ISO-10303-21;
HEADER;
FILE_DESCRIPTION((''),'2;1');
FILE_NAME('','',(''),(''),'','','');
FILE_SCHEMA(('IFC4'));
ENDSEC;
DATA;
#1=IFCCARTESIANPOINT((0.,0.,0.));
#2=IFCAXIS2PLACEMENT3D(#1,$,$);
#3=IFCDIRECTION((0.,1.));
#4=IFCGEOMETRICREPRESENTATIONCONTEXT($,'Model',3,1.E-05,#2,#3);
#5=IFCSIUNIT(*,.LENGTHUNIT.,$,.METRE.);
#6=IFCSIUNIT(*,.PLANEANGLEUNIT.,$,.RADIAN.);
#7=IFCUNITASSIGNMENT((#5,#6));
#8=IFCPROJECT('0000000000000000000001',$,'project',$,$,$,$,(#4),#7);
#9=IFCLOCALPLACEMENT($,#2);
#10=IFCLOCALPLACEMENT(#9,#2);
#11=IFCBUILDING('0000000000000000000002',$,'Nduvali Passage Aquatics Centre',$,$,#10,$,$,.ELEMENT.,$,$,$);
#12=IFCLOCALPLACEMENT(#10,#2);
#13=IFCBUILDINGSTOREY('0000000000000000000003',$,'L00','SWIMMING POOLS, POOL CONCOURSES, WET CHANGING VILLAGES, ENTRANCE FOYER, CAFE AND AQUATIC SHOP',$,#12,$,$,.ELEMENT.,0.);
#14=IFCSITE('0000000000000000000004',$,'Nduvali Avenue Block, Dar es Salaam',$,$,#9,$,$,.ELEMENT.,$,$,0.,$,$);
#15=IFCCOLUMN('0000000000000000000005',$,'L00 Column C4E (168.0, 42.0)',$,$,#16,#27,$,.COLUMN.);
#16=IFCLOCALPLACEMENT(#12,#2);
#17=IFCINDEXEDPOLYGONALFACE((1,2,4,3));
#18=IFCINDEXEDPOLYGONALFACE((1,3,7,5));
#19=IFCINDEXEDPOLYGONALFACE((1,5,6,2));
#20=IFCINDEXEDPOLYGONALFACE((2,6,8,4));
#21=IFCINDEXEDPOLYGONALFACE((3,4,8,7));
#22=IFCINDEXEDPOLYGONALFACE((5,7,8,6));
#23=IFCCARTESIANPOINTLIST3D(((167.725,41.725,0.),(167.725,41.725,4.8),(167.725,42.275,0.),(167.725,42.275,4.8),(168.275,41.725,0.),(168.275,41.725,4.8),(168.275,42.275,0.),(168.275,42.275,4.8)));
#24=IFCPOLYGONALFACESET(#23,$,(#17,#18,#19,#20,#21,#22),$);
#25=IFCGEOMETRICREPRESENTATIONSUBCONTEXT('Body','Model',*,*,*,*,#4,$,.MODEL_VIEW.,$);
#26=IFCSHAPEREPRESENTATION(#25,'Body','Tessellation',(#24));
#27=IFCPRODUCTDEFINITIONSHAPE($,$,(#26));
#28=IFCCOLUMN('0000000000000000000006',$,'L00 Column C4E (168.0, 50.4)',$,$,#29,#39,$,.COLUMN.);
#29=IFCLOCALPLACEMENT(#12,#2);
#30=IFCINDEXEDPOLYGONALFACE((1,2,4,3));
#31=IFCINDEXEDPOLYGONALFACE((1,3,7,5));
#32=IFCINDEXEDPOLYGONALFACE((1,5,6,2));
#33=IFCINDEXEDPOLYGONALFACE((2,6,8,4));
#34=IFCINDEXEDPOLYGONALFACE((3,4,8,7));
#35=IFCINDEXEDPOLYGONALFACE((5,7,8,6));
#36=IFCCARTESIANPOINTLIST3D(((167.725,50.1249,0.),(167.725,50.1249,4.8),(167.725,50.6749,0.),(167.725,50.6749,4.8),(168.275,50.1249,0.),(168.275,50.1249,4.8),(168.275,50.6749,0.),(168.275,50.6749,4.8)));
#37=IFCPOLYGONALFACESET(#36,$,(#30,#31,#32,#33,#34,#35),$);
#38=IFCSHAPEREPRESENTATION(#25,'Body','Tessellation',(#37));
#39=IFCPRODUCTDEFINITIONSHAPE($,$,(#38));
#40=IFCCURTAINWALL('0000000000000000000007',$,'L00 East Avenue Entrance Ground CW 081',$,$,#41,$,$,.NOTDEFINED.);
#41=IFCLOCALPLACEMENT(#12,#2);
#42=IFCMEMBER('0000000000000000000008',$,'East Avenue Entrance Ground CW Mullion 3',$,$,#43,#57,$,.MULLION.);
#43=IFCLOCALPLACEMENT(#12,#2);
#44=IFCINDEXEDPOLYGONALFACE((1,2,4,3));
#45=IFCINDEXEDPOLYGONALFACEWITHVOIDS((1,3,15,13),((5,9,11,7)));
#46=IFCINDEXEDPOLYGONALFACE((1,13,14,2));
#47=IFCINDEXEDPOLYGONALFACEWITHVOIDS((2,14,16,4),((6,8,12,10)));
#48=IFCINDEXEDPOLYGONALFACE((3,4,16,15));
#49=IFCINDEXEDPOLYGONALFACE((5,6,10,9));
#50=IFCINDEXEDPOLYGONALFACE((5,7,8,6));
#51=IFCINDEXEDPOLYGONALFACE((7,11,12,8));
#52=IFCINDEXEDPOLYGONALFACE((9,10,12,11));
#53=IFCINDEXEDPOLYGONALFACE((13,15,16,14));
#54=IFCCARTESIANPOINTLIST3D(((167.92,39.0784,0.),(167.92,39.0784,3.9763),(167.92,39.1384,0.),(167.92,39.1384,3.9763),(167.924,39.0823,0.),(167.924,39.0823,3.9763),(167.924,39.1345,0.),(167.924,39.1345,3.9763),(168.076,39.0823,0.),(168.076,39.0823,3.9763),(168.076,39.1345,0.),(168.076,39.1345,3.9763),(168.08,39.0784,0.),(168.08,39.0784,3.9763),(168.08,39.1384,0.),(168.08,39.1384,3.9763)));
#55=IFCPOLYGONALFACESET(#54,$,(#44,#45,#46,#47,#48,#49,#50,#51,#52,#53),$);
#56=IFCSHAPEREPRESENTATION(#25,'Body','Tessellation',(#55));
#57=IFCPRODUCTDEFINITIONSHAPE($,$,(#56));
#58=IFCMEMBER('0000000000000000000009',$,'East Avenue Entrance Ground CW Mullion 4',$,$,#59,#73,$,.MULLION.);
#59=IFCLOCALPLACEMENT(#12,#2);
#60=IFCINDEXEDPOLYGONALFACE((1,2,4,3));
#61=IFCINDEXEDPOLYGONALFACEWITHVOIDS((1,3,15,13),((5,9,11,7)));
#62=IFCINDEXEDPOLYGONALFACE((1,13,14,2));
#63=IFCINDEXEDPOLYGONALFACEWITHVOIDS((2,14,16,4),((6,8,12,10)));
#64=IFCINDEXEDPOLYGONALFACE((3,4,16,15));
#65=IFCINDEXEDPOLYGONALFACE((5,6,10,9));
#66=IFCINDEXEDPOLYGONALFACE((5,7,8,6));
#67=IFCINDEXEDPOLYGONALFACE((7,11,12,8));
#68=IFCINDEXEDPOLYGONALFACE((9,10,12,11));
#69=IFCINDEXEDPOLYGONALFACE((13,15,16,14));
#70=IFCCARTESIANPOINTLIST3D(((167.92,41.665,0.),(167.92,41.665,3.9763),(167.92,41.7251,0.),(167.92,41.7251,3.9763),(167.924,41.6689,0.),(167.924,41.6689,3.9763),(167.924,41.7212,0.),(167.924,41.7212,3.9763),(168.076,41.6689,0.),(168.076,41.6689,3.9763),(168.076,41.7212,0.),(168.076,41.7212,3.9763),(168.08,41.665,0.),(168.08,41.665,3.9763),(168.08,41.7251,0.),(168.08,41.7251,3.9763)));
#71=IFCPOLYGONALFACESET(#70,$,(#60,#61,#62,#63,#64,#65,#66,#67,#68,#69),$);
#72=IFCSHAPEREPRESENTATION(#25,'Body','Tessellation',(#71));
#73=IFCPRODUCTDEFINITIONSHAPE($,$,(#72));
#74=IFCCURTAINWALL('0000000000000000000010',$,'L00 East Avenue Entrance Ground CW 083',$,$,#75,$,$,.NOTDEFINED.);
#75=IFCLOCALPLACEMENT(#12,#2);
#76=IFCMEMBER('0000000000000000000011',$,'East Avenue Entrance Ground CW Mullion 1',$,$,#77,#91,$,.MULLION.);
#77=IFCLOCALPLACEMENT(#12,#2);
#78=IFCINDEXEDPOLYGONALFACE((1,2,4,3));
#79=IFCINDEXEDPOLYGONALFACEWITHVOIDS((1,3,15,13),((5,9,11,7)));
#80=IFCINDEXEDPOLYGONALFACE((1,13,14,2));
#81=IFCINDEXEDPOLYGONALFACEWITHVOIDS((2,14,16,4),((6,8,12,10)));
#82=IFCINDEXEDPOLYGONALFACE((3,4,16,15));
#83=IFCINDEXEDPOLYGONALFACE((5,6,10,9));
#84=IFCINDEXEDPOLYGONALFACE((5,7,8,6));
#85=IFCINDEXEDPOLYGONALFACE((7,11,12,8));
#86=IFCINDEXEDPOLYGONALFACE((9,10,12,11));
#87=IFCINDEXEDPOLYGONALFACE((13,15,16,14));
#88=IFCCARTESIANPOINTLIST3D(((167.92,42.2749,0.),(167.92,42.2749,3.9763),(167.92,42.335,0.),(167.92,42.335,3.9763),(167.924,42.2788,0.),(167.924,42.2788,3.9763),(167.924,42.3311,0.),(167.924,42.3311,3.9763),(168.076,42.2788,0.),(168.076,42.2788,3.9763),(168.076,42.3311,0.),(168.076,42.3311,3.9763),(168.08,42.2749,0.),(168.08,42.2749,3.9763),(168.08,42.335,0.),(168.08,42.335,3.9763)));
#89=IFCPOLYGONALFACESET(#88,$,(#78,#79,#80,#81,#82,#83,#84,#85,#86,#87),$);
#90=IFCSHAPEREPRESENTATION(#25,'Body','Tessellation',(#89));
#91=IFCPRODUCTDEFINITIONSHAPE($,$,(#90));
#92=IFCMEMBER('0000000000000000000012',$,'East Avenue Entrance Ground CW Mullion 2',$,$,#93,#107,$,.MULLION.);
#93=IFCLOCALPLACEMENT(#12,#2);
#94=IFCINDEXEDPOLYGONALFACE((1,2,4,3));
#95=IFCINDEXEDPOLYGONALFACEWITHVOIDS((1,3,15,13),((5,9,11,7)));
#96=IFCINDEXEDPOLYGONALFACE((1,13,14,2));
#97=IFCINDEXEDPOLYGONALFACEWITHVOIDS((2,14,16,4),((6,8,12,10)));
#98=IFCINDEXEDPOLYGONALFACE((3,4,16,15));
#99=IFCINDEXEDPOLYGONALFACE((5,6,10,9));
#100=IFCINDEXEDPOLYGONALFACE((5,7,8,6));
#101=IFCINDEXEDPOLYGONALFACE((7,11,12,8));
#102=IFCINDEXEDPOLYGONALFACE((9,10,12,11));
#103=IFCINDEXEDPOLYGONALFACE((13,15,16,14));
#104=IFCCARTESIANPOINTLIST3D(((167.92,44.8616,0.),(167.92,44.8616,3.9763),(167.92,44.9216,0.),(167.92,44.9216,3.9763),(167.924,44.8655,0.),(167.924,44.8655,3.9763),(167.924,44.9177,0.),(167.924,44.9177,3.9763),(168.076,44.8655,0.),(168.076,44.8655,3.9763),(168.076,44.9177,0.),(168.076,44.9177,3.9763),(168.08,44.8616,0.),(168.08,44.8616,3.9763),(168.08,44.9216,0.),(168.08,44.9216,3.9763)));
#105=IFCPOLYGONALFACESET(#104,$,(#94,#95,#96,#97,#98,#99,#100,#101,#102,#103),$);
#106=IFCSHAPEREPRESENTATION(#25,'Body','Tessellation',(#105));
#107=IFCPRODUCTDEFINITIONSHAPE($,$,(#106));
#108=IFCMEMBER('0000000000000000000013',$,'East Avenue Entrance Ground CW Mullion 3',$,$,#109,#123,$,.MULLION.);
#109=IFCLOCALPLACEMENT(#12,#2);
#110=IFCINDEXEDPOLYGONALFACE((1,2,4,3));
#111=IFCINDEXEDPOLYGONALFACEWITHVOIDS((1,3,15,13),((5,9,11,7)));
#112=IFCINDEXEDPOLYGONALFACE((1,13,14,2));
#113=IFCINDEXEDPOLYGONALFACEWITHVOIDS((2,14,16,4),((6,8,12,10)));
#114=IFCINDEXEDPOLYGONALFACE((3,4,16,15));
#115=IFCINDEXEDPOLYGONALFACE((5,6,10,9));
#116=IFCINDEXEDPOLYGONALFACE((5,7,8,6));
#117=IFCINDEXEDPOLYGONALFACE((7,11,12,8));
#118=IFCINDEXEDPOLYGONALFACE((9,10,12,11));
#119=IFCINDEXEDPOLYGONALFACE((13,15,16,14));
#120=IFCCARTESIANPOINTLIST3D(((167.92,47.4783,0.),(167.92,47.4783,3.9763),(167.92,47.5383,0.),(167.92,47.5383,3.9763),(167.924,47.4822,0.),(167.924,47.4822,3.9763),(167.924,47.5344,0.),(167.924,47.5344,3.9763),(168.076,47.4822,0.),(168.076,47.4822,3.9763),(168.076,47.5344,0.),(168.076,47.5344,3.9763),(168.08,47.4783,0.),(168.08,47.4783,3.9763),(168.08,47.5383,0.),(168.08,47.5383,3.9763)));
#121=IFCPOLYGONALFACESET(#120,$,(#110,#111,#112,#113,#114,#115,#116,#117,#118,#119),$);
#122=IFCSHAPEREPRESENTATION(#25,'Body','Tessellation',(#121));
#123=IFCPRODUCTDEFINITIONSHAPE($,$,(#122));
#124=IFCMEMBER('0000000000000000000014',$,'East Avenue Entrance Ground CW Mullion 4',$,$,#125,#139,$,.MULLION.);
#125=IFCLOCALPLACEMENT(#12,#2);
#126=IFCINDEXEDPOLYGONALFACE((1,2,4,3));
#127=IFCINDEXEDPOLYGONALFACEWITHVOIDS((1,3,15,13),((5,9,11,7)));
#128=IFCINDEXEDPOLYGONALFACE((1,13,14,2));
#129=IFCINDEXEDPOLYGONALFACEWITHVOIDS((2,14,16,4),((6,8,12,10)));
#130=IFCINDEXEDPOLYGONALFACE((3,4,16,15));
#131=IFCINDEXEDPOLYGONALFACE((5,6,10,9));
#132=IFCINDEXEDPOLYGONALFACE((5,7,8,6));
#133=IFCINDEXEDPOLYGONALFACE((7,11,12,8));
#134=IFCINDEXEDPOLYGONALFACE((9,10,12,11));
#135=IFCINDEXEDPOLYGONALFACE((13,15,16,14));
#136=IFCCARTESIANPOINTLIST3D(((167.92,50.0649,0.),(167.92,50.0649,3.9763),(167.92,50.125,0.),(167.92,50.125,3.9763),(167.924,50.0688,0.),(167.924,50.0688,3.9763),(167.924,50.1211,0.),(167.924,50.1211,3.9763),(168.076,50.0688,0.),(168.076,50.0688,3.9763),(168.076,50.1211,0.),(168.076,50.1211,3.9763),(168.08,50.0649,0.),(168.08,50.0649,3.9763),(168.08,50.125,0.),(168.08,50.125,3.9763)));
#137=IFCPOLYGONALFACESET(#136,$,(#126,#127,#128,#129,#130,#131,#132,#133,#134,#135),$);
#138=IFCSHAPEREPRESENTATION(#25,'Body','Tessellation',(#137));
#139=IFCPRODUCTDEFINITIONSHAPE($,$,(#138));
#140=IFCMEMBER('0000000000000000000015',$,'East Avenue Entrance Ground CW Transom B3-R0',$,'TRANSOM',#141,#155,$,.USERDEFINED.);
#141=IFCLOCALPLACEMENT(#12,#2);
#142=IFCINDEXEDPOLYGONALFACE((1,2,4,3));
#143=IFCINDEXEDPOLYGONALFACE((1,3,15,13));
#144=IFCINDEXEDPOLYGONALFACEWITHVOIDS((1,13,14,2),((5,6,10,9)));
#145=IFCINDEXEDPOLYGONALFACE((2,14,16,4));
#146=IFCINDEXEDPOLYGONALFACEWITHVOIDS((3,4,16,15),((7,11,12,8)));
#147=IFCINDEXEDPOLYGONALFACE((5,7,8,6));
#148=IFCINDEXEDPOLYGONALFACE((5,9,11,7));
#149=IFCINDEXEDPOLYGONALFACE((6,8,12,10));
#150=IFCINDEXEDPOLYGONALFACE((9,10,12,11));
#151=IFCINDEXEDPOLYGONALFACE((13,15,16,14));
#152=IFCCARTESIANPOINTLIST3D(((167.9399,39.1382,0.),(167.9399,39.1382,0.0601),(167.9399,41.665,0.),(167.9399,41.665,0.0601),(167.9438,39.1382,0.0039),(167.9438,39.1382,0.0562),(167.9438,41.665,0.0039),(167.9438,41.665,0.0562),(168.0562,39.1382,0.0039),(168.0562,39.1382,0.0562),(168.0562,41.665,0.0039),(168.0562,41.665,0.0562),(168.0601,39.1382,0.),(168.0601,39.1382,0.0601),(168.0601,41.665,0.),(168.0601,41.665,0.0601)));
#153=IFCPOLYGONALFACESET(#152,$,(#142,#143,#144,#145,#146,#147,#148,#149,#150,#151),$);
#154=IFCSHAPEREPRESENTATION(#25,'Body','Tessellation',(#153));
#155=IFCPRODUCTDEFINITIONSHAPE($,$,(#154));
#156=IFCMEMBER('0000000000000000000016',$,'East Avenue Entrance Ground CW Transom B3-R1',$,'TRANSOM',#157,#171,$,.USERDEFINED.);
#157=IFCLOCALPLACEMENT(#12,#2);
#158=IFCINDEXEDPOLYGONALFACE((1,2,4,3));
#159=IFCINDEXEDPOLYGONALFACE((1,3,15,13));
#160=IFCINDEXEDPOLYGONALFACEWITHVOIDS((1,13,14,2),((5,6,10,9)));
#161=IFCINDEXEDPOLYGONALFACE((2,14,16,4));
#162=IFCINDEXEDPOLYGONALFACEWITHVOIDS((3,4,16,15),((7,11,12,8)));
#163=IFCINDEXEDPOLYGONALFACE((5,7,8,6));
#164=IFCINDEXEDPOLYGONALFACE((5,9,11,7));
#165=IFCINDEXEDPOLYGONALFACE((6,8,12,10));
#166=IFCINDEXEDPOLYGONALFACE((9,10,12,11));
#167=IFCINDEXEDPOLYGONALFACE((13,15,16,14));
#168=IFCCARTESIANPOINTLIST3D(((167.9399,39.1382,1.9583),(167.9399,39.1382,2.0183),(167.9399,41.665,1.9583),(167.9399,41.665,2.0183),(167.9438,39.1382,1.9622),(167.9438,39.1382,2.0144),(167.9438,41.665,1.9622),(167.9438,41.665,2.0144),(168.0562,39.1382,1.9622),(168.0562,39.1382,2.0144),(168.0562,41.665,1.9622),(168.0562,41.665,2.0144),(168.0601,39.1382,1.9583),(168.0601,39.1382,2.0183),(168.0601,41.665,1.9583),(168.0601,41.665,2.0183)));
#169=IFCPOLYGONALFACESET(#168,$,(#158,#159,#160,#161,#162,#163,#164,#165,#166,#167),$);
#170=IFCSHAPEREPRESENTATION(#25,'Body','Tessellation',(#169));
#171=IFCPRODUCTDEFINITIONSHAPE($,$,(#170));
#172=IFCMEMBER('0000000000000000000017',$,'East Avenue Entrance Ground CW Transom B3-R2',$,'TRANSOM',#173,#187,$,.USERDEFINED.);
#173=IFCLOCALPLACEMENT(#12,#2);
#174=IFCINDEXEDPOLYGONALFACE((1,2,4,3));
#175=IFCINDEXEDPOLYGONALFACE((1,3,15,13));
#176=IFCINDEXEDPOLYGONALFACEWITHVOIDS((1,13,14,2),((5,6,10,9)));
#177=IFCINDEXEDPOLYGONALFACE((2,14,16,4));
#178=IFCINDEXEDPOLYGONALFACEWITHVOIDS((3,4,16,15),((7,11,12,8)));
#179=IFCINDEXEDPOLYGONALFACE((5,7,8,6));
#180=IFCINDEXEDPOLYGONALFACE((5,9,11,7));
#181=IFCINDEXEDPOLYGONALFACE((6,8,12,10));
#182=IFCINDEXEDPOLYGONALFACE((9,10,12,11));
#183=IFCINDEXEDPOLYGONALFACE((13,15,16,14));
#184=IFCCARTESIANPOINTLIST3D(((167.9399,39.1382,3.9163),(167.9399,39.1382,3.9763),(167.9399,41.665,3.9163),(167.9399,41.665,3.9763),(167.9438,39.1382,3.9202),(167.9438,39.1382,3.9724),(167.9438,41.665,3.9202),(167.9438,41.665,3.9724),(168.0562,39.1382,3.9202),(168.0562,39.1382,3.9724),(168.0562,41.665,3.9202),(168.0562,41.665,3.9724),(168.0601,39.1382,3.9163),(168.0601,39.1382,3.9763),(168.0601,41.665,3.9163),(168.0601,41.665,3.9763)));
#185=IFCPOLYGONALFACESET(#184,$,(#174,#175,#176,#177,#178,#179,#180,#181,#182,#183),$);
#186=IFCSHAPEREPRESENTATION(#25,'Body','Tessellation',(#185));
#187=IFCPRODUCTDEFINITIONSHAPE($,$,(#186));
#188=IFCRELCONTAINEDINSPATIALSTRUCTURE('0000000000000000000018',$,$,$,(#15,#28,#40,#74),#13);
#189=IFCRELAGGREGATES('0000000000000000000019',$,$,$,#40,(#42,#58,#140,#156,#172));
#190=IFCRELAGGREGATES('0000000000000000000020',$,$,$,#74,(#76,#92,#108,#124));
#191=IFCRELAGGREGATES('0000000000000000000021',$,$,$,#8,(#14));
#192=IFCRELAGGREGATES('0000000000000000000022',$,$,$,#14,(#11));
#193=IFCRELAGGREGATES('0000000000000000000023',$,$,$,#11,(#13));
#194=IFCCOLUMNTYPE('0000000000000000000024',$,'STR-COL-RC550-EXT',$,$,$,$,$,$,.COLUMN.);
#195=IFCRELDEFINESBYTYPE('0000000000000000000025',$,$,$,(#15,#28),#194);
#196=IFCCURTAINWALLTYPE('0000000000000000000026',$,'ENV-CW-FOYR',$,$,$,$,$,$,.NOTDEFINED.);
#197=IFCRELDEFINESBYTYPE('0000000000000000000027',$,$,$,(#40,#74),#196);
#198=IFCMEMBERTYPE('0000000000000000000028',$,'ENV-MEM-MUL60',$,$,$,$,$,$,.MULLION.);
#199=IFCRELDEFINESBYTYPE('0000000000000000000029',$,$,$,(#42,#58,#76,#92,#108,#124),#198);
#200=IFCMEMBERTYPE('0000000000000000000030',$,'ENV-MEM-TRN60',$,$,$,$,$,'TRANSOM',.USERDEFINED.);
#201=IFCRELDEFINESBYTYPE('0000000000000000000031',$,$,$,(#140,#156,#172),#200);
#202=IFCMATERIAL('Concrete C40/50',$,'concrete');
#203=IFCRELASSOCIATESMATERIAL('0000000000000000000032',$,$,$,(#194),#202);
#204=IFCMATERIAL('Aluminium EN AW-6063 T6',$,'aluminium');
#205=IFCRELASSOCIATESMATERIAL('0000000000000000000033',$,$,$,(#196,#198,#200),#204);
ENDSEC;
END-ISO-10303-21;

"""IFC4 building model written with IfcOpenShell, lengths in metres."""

from ifc_helpers import new_model, si_unit, direction, frame, origin, origin_2d, place, context, subcontext, project, spatial, rectangle, hollow_rectangle, extrude, material, material_profile, profile_set, type_object, element, aggregate, save


model = new_model("IFC4")

# Units and contexts
model_context = context("Model", 3, precision=1e-05, world=origin(), true_north=direction((0.0, 1.0)))
body_context = subcontext(model_context, "Body", "Model", "MODEL_VIEW")
ifc_project = project(units=[si_unit("LENGTHUNIT", "METRE"), si_unit("PLANEANGLEUNIT", "RADIAN")], contexts=[model_context])

# Site, building, storey
site_placement = place(None, origin())
site = spatial("IfcSite", under=ifc_project, at=site_placement, Name="Nduvali Avenue Block, Dar es Salaam", CompositionType="ELEMENT", RefElevation=0.0)
building_placement = place(site_placement, origin())
building = spatial("IfcBuilding", under=site, at=building_placement, Name="Nduvali Passage Aquatics Centre", CompositionType="ELEMENT")
storey_placement = place(building_placement, origin())
storey = spatial("IfcBuildingStorey", under=building, at=storey_placement, Name="L00", Description="SWIMMING POOLS, POOL CONCOURSES, WET CHANGING VILLAGES, ENTRANCE FOYER, CAFE AND AQUATIC SHOP", CompositionType="ELEMENT", Elevation=0.0)

# Columns
ifc_material_1 = material(Name="Concrete C40/50", Category="concrete")
ifc_material_profile_1 = material_profile(ifc_material_1, rectangle(XDim=0.55, YDim=0.55, at=origin_2d()), Name="RC 550x550")
ifc_profile_set_1 = profile_set([ifc_material_profile_1], Name="Concrete C40/50")
column_type = type_object("IfcColumnType", Name="STR-COL-RC550-EXT", PredefinedType="COLUMN", material=ifc_profile_set_1)
for number, where, z_axis, x_axis, name in (
    (1, (168.0, 42.0, 0.0), (0.0, 0.0, 1.0), (1.0, 0.0, 0.0), "L00 Column C4E (168.0, 42.0)"),
    (2, (168.0, 50.3999, 0.0), (0.0, 0.0, 1.0), (1.0, 0.0, 0.0), "L00 Column C4E (168.0, 50.4)"),
):
    element("IfcColumn", number, at=place(storey_placement, frame(where, z_axis=z_axis, x_axis=x_axis)), inside=storey, type_object=column_type, Name=name, PredefinedType="COLUMN", context=body_context, shape_type="SweptSolid", body=[
        extrude(rectangle(XDim=0.55, YDim=0.55, at=origin_2d()), origin(), (0.0, 0.0, 1.0), 4.8),
    ])

# Curtain walls, members
ifc_material_2 = material(Name="Aluminium EN AW-6063 T6", Category="aluminium")
curtain_wall_type = type_object("IfcCurtainWallType", Name="ENV-CW-FOYR", PredefinedType="NOTDEFINED", material=ifc_material_2)
curtain_wall_1_placement = place(storey_placement, origin())
curtain_wall_1 = element("IfcCurtainWall", 3, at=curtain_wall_1_placement, inside=storey, type_object=curtain_wall_type, Name="L00 East Avenue Entrance Ground CW 081", PredefinedType="NOTDEFINED")
ifc_material_profile_2 = material_profile(ifc_material_2, hollow_rectangle(XDim=0.0601, YDim=0.1599, WallThickness=0.0039, at=origin_2d()), Name="ALU MULLION 60x160x4")
ifc_profile_set_2 = profile_set([ifc_material_profile_2], Name="Aluminium EN AW-6063 T6")
member_type_1 = type_object("IfcMemberType", Name="ENV-MEM-MUL60", PredefinedType="MULLION", material=ifc_profile_set_2)
member_1_placement = place(storey_placement, frame((168.0, 39.1084, 0.0), z_axis=(0.0, 0.0, 1.0), x_axis=(0.0, 1.0, 0.0)))
member_1 = element("IfcMember", 4, at=member_1_placement, type_object=member_type_1, Name="East Avenue Entrance Ground CW Mullion 3", PredefinedType="MULLION", context=body_context, shape_type="SweptSolid", body=[
    extrude(hollow_rectangle(XDim=0.0601, YDim=0.1599, WallThickness=0.0039, at=origin_2d()), origin(), (0.0, 0.0, 1.0), 3.9763),
])
member_2_placement = place(storey_placement, frame((168.0, 41.6951, 0.0), z_axis=(0.0, 0.0, 1.0), x_axis=(0.0, 1.0, 0.0)))
member_2 = element("IfcMember", 5, at=member_2_placement, type_object=member_type_1, Name="East Avenue Entrance Ground CW Mullion 4", PredefinedType="MULLION", context=body_context, shape_type="SweptSolid", body=[
    extrude(hollow_rectangle(XDim=0.0601, YDim=0.1599, WallThickness=0.0039, at=origin_2d()), origin(), (0.0, 0.0, 1.0), 3.9763),
])
curtain_wall_2_placement = place(storey_placement, origin())
curtain_wall_2 = element("IfcCurtainWall", 6, at=curtain_wall_2_placement, inside=storey, type_object=curtain_wall_type, Name="L00 East Avenue Entrance Ground CW 083", PredefinedType="NOTDEFINED")
member_3_placement = place(storey_placement, frame((168.0, 42.3049, 0.0), z_axis=(0.0, 0.0, 1.0), x_axis=(0.0, 1.0, 0.0)))
member_3 = element("IfcMember", 7, at=member_3_placement, type_object=member_type_1, Name="East Avenue Entrance Ground CW Mullion 1", PredefinedType="MULLION", context=body_context, shape_type="SweptSolid", body=[
    extrude(hollow_rectangle(XDim=0.0601, YDim=0.1599, WallThickness=0.0039, at=origin_2d()), origin(), (0.0, 0.0, 1.0), 3.9763),
])
member_4_placement = place(storey_placement, frame((168.0, 44.8916, 0.0), z_axis=(0.0, 0.0, 1.0), x_axis=(0.0, 1.0, 0.0)))
member_4 = element("IfcMember", 8, at=member_4_placement, type_object=member_type_1, Name="East Avenue Entrance Ground CW Mullion 2", PredefinedType="MULLION", context=body_context, shape_type="SweptSolid", body=[
    extrude(hollow_rectangle(XDim=0.0601, YDim=0.1599, WallThickness=0.0039, at=origin_2d()), origin(), (0.0, 0.0, 1.0), 3.9763),
])
member_5_placement = place(storey_placement, frame((168.0, 47.5083, 0.0), z_axis=(0.0, 0.0, 1.0), x_axis=(0.0, 1.0, 0.0)))
member_5 = element("IfcMember", 9, at=member_5_placement, type_object=member_type_1, Name="East Avenue Entrance Ground CW Mullion 3", PredefinedType="MULLION", context=body_context, shape_type="SweptSolid", body=[
    extrude(hollow_rectangle(XDim=0.0601, YDim=0.1599, WallThickness=0.0039, at=origin_2d()), origin(), (0.0, 0.0, 1.0), 3.9763),
])
member_6_placement = place(storey_placement, frame((168.0, 50.095, 0.0), z_axis=(0.0, 0.0, 1.0), x_axis=(0.0, 1.0, 0.0)))
member_6 = element("IfcMember", 10, at=member_6_placement, type_object=member_type_1, Name="East Avenue Entrance Ground CW Mullion 4", PredefinedType="MULLION", context=body_context, shape_type="SweptSolid", body=[
    extrude(hollow_rectangle(XDim=0.0601, YDim=0.1599, WallThickness=0.0039, at=origin_2d()), origin(), (0.0, 0.0, 1.0), 3.9763),
])

# Members
ifc_material_profile_3 = material_profile(ifc_material_2, hollow_rectangle(XDim=0.1201, YDim=0.0601, WallThickness=0.0039, at=origin_2d()), Name="ALU TRANSOM 120x60x4")
ifc_profile_set_3 = profile_set([ifc_material_profile_3], Name="Aluminium EN AW-6063 T6")
member_type_2 = type_object("IfcMemberType", Name="ENV-MEM-TRN60", ElementType="TRANSOM", PredefinedType="USERDEFINED", material=ifc_profile_set_3)
member_7_placement = place(storey_placement, frame((168.0, 39.1382, 0.03), z_axis=(0.0, 1.0, 0.0), x_axis=(-1.0, 0.0, 0.0)))
member_7 = element("IfcMember", 11, at=member_7_placement, type_object=member_type_2, Name="East Avenue Entrance Ground CW Transom B3-R0", ObjectType="TRANSOM", PredefinedType="USERDEFINED", context=body_context, shape_type="SweptSolid", body=[
    extrude(hollow_rectangle(XDim=0.1201, YDim=0.0601, WallThickness=0.0039, at=origin_2d()), origin(), (0.0, 0.0, 1.0), 2.5269),
])
member_8_placement = place(storey_placement, frame((168.0, 39.1382, 1.9883), z_axis=(0.0, 1.0, 0.0), x_axis=(-1.0, 0.0, 0.0)))
member_8 = element("IfcMember", 12, at=member_8_placement, type_object=member_type_2, Name="East Avenue Entrance Ground CW Transom B3-R1", ObjectType="TRANSOM", PredefinedType="USERDEFINED", context=body_context, shape_type="SweptSolid", body=[
    extrude(hollow_rectangle(XDim=0.1201, YDim=0.0601, WallThickness=0.0039, at=origin_2d()), origin(), (0.0, 0.0, 1.0), 2.5269),
])
member_9_placement = place(storey_placement, frame((168.0, 39.1382, 3.9463), z_axis=(0.0, 1.0, 0.0), x_axis=(-1.0, 0.0, 0.0)))
member_9 = element("IfcMember", 13, at=member_9_placement, type_object=member_type_2, Name="East Avenue Entrance Ground CW Transom B3-R2", ObjectType="TRANSOM", PredefinedType="USERDEFINED", context=body_context, shape_type="SweptSolid", body=[
    extrude(hollow_rectangle(XDim=0.1201, YDim=0.0601, WallThickness=0.0039, at=origin_2d()), origin(), (0.0, 0.0, 1.0), 2.5269),
])

aggregate(curtain_wall_1, [member_1, member_2, member_7, member_8, member_9])
aggregate(curtain_wall_2, [member_3, member_4, member_5, member_6])

save(model, "model.ifc")
